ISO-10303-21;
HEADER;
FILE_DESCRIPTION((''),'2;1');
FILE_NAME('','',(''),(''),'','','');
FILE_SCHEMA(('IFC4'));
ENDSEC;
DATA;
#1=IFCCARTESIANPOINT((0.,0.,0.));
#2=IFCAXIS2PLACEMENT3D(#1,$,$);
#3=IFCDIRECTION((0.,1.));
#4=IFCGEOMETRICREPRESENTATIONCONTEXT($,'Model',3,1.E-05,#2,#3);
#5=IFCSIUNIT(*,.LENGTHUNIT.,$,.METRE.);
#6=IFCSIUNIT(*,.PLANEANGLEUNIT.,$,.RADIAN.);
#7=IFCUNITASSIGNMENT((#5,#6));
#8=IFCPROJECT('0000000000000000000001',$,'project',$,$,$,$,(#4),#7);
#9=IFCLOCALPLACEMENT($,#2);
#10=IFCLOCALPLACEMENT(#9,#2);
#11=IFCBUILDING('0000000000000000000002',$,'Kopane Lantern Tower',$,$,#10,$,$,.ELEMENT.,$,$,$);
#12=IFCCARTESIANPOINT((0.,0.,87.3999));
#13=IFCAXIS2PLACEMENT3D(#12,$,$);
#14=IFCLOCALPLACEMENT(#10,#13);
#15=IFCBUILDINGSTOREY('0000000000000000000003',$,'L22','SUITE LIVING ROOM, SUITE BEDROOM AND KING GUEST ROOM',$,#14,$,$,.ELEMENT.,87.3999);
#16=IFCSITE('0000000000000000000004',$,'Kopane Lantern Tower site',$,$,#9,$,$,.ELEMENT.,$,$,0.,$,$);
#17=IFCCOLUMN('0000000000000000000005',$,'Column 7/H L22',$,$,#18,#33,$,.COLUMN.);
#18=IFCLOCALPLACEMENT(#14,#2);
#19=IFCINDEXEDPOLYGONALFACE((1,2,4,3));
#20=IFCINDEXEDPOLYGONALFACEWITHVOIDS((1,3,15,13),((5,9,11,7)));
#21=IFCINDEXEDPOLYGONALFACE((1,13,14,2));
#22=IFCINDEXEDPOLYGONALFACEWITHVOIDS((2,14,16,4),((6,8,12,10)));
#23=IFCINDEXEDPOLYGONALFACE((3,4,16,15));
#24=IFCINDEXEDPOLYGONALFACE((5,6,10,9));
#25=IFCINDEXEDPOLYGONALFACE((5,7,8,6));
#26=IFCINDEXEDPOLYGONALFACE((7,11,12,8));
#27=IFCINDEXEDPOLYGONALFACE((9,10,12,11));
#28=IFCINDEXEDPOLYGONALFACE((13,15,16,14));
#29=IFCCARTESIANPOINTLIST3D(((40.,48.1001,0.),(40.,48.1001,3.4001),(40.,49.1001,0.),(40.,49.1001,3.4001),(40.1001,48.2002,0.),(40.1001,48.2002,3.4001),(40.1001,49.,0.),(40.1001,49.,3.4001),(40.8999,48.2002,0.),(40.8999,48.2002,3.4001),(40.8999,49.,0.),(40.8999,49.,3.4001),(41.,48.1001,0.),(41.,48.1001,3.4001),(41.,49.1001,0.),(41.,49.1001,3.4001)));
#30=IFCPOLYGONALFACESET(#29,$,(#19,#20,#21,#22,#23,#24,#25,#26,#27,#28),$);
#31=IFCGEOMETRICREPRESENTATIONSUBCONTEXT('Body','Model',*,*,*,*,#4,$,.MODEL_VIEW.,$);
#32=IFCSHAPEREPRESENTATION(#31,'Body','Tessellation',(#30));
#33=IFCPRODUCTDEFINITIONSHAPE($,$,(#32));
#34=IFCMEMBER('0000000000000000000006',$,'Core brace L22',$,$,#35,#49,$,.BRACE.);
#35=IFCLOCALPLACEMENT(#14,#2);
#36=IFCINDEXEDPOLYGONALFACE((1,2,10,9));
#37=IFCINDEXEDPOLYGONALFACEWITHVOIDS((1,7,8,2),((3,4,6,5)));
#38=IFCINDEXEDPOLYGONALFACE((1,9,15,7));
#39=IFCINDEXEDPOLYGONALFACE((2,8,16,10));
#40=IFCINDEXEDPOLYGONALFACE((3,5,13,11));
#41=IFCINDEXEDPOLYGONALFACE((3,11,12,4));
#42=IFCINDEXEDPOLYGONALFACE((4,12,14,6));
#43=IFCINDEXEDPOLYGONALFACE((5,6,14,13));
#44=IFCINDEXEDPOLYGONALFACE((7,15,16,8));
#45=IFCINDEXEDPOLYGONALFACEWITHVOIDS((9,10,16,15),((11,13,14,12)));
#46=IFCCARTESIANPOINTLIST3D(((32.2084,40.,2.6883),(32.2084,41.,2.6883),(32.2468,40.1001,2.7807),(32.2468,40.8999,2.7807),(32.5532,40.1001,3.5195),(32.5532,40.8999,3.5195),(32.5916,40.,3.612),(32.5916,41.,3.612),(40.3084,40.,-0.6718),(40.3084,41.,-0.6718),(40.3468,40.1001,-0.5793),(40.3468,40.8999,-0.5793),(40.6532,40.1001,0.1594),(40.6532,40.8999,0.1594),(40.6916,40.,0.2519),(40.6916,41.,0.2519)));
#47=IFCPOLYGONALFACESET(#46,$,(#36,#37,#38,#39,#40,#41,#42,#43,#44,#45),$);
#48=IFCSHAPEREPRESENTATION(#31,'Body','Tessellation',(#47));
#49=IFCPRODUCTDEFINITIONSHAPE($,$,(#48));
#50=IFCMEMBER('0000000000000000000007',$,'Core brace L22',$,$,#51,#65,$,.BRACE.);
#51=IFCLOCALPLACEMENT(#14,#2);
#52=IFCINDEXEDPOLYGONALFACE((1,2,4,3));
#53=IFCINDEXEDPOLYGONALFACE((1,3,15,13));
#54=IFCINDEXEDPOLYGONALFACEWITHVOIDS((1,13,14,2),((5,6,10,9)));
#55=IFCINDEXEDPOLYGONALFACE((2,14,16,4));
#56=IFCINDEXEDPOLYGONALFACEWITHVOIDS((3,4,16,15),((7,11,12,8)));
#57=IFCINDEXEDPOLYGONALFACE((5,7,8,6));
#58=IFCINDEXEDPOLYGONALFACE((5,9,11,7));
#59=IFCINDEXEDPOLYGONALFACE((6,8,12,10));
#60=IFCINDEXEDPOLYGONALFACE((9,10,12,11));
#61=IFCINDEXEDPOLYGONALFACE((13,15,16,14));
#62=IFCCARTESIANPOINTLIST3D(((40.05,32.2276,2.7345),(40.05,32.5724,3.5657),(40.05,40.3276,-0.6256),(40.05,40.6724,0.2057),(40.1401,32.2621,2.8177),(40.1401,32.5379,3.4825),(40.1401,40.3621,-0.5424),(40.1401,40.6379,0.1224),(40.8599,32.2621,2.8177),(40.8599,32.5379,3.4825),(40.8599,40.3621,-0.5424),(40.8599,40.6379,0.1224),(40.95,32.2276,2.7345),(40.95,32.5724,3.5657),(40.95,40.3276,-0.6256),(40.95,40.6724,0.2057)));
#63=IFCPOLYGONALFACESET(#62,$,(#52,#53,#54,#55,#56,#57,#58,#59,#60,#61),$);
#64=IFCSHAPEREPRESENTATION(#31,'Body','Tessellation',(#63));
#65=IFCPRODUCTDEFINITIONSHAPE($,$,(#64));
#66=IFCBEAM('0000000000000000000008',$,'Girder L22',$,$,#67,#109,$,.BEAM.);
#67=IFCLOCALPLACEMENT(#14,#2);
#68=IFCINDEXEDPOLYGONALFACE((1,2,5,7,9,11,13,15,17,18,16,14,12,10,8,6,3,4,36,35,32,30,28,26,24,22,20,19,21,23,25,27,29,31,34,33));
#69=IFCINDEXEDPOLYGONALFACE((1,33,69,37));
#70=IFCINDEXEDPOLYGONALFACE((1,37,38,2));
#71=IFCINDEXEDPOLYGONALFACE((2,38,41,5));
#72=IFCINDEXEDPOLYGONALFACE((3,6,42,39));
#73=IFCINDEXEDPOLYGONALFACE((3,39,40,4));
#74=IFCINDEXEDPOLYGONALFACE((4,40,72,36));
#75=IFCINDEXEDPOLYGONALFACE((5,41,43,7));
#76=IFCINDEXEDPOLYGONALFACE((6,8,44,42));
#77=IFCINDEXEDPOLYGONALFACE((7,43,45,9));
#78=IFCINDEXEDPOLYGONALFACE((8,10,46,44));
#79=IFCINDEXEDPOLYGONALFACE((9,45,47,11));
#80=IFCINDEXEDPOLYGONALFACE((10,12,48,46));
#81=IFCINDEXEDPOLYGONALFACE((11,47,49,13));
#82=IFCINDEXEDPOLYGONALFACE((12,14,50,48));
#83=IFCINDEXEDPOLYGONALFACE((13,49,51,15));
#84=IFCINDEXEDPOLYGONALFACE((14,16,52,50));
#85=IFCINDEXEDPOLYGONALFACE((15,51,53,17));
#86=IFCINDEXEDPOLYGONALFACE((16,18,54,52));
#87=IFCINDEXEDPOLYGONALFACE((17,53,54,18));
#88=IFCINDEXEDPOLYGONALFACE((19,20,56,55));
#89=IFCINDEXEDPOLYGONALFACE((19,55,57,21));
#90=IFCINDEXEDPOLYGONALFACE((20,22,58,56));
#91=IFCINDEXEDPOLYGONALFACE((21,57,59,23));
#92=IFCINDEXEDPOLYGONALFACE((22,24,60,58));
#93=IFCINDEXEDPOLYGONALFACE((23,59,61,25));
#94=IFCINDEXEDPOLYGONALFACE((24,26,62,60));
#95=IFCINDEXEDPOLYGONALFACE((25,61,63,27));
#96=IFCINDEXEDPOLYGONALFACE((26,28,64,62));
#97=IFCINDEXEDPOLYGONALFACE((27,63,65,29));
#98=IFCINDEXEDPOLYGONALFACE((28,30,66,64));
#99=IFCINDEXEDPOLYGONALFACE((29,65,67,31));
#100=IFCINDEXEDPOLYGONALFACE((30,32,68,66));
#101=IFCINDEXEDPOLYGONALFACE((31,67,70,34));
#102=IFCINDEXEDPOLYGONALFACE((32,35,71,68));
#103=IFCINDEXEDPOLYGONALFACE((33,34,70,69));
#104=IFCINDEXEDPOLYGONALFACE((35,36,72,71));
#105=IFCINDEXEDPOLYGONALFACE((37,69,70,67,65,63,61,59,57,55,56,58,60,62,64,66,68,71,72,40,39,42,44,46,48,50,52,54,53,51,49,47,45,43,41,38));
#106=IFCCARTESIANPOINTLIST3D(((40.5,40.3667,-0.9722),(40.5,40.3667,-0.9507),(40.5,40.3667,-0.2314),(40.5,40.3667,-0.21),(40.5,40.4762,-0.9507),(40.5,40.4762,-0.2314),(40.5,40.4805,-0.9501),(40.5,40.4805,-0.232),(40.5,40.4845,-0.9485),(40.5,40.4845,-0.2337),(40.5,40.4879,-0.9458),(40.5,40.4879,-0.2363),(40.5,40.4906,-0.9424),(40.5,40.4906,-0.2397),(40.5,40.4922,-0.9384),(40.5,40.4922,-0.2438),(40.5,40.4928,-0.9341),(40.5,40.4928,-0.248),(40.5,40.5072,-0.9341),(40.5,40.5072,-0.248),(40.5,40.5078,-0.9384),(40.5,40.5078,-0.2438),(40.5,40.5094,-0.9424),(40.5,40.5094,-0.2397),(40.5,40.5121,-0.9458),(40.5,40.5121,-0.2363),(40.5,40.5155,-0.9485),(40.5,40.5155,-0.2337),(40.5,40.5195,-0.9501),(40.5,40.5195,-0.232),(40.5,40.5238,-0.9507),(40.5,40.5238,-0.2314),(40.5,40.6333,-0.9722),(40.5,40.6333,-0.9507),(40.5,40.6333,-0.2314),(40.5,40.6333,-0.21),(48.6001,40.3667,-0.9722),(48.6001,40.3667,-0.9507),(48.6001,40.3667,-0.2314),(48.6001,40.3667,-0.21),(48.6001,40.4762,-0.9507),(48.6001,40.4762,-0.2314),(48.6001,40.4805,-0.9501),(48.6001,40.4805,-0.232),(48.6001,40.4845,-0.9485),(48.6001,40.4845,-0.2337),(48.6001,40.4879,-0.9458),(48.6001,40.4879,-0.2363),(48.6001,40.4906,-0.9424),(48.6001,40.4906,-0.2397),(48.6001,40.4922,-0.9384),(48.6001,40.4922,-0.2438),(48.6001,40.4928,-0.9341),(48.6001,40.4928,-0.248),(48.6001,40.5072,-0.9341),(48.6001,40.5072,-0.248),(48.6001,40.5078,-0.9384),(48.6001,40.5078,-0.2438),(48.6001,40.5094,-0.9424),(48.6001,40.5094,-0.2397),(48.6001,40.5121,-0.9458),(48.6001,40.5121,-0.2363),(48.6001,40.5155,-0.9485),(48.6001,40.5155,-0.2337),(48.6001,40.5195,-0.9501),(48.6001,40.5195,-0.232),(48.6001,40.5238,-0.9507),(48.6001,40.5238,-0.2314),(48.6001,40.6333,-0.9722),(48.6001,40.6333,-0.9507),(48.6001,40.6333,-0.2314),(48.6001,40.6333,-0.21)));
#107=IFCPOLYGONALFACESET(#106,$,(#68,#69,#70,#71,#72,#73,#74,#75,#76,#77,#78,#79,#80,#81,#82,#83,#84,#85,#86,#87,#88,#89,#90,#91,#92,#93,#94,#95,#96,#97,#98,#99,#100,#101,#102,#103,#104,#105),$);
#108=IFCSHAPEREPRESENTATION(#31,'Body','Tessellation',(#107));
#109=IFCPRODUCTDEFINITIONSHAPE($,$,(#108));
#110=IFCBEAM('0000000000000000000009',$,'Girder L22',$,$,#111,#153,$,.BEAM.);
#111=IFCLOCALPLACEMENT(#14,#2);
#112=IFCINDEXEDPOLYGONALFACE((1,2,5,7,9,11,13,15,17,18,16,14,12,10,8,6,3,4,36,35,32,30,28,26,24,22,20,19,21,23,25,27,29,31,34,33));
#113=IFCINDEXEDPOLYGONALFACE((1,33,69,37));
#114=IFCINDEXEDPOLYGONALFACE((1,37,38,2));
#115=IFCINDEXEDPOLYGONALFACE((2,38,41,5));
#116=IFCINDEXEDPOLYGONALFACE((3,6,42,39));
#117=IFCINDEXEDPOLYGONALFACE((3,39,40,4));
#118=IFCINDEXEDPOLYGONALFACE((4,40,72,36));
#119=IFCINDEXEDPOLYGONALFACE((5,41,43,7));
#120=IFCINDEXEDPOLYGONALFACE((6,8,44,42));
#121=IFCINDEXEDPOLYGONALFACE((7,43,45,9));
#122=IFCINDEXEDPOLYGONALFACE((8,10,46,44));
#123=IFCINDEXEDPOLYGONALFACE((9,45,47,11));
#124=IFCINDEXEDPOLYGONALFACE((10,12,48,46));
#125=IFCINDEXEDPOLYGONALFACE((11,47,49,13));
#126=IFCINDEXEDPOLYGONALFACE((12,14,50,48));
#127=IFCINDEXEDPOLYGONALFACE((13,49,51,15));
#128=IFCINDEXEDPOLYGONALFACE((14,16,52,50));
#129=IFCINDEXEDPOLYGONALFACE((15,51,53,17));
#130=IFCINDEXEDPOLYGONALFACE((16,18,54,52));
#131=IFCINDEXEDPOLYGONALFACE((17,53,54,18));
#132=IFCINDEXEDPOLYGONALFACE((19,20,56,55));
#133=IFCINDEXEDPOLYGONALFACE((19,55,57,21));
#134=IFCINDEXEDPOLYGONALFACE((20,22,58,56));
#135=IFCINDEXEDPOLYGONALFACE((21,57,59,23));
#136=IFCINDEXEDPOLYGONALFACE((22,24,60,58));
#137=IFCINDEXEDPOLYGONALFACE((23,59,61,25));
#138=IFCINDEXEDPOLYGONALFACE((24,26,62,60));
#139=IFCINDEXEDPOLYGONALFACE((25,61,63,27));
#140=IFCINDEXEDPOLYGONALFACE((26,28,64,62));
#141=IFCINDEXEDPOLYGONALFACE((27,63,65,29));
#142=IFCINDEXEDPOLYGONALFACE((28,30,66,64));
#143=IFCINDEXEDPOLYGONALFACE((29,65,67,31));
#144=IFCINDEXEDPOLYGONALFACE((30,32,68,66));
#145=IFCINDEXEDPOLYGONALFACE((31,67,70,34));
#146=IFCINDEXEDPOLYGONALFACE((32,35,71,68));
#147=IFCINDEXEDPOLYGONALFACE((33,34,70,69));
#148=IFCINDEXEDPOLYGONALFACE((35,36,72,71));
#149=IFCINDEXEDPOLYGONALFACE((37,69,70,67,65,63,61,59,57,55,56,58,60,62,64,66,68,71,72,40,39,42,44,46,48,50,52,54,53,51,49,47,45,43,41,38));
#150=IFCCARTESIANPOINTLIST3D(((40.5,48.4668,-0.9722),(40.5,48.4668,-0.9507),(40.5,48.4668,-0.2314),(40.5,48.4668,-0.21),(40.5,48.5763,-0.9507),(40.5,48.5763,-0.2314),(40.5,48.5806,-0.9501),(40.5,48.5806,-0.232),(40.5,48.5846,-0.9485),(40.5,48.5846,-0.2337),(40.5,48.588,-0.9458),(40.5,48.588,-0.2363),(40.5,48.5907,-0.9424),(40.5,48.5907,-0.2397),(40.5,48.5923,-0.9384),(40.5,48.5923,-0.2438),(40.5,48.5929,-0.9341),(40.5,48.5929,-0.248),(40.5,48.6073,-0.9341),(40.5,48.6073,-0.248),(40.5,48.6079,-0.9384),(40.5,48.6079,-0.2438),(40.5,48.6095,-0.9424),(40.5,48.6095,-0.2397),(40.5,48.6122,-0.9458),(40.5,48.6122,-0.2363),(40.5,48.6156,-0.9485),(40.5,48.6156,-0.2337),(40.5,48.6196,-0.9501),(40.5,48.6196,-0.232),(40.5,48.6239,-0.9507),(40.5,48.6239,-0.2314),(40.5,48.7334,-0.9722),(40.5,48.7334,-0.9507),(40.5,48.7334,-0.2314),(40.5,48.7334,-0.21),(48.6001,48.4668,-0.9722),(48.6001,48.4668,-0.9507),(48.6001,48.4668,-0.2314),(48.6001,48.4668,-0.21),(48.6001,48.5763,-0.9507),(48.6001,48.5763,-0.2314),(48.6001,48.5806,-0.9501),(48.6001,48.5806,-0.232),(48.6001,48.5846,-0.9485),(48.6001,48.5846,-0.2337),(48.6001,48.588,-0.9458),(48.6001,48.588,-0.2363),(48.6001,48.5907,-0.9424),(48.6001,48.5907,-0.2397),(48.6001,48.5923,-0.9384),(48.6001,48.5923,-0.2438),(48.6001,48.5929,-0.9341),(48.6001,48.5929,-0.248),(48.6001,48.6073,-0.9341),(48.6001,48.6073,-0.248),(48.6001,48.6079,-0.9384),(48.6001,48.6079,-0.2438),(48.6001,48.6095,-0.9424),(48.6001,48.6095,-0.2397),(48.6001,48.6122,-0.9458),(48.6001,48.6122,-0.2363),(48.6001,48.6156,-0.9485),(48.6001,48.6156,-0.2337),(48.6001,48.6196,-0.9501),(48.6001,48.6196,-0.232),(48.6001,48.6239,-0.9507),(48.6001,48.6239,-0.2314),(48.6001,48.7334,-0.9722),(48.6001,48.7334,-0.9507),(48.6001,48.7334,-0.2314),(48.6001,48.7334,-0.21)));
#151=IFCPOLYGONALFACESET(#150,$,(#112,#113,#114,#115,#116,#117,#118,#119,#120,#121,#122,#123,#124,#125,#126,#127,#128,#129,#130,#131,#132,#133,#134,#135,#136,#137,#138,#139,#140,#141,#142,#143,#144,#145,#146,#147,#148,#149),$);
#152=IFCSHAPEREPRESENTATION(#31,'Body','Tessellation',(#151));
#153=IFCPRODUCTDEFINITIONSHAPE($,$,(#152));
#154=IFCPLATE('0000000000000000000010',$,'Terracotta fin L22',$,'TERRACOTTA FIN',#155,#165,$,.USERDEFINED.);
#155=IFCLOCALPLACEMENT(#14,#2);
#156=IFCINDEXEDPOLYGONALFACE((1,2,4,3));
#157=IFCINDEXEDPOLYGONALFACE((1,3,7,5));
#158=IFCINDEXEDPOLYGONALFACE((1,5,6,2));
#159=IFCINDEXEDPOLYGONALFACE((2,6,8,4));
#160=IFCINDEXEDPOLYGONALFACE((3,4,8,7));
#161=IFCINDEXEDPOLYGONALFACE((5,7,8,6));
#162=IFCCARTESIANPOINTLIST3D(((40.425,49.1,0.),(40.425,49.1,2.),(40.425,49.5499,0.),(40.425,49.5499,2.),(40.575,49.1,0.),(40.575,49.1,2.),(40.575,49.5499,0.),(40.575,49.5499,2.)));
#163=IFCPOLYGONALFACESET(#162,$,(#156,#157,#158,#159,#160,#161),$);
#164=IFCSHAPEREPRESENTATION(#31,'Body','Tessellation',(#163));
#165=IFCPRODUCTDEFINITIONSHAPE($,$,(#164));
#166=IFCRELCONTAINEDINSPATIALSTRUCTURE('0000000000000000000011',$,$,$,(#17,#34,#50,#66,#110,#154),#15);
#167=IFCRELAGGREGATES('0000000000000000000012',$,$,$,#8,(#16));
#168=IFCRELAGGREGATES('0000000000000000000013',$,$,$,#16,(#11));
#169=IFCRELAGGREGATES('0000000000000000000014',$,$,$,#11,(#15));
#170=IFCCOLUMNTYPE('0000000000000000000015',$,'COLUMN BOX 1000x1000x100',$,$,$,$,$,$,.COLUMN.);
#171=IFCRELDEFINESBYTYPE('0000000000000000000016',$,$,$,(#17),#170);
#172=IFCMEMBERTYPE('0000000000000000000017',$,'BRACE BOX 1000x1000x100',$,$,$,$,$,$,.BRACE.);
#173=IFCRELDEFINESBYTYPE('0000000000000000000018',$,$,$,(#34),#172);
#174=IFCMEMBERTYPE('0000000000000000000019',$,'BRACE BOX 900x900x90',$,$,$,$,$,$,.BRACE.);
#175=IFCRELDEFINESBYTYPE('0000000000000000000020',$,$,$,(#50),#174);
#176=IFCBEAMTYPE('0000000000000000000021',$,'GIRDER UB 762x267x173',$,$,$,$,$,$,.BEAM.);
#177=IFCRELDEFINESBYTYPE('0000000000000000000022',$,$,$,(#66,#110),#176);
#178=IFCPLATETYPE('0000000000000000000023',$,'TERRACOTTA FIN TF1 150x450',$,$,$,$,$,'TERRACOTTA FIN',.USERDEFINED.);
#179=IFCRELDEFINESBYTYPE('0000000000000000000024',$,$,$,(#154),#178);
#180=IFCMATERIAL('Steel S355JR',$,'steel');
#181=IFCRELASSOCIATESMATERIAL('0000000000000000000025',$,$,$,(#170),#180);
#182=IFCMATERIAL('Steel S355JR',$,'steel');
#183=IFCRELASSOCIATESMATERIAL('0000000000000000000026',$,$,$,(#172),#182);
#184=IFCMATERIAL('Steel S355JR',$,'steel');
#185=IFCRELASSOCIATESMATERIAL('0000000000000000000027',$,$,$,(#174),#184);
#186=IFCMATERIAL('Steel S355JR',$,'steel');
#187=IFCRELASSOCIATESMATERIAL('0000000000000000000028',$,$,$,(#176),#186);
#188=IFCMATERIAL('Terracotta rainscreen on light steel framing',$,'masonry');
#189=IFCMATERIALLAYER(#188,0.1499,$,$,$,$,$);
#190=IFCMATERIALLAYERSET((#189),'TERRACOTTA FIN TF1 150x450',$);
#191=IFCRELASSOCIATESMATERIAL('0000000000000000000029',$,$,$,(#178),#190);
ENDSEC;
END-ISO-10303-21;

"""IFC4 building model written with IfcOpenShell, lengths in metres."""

from ifc_helpers import new_model, si_unit, direction, frame, origin, origin_2d, place, context, subcontext, project, spatial, rectangle, hollow_rectangle, i_section, extrude, material, layer, layer_set, material_profile, profile_set, type_object, element, save


model = new_model("IFC4")

# Units and contexts
model_context = context("Model", 3, precision=1e-05, world=origin(), true_north=direction((0.0, 1.0)))
body_context = subcontext(model_context, "Body", "Model", "MODEL_VIEW")
ifc_project = project(units=[si_unit("LENGTHUNIT", "METRE"), si_unit("PLANEANGLEUNIT", "RADIAN")], contexts=[model_context])

# Site, building, storey
site_placement = place(None, origin())
site = spatial("IfcSite", under=ifc_project, at=site_placement, Name="Kopane Lantern Tower site", CompositionType="ELEMENT", RefElevation=0.0)
building_placement = place(site_placement, origin())
building = spatial("IfcBuilding", under=site, at=building_placement, Name="Kopane Lantern Tower", CompositionType="ELEMENT")
storey_placement = place(building_placement, frame((0.0, 0.0, 87.3999)))
storey = spatial("IfcBuildingStorey", under=building, at=storey_placement, Name="L22", Description="SUITE LIVING ROOM, SUITE BEDROOM AND KING GUEST ROOM", CompositionType="ELEMENT", Elevation=87.3999)

# Column
ifc_material_1 = material(Name="Steel S355JR", Category="steel")
ifc_material_profile_1 = material_profile(ifc_material_1, hollow_rectangle(XDim=1.0, YDim=1.0, WallThickness=0.1001, at=origin_2d()), Name="BOX 1000x1000x100")
ifc_profile_set_1 = profile_set([ifc_material_profile_1], Name="Steel S355JR")
column_type = type_object("IfcColumnType", Name="COLUMN BOX 1000x1000x100", PredefinedType="COLUMN", material=ifc_profile_set_1)
column_placement = place(storey_placement, frame((40.5, 48.6001, 0.0), z_axis=(0.0, 0.0, 1.0), x_axis=(1.0, 0.0, 0.0)))
element("IfcColumn", 1, at=column_placement, inside=storey, type_object=column_type, Name="Column 7/H L22", PredefinedType="COLUMN", context=body_context, shape_type="SweptSolid", body=[
    extrude(hollow_rectangle(XDim=1.0, YDim=1.0, WallThickness=0.1001, at=origin_2d()), origin(), (0.0, 0.0, 1.0), 3.4001),
])

# Members
ifc_material_2 = material(Name="Steel S355JR", Category="steel")
ifc_material_profile_2 = material_profile(ifc_material_2, hollow_rectangle(XDim=1.0, YDim=1.0, WallThickness=0.1001, at=origin_2d()), Name="BOX 1000x1000x100")
ifc_profile_set_2 = profile_set([ifc_material_profile_2], Name="Steel S355JR")
member_type_1 = type_object("IfcMemberType", Name="BRACE BOX 1000x1000x100", PredefinedType="BRACE", material=ifc_profile_set_2)
member_1_placement = place(storey_placement, frame((40.5, 40.5, -0.21), z_axis=(-0.92368, 0.0, 0.383164), x_axis=(0.0, -1.0, 0.0)))
element("IfcMember", 2, at=member_1_placement, inside=storey, type_object=member_type_1, Name="Core brace L22", PredefinedType="BRACE", context=body_context, shape_type="SweptSolid", body=[
    extrude(hollow_rectangle(XDim=1.0, YDim=1.0, WallThickness=0.1001, at=origin_2d()), origin(), (0.0, 0.0, 1.0), 8.7693),
])
ifc_material_3 = material(Name="Steel S355JR", Category="steel")
ifc_material_profile_3 = material_profile(ifc_material_3, hollow_rectangle(XDim=0.8999, YDim=0.8999, WallThickness=0.0901, at=origin_2d()), Name="BOX 900x900x90")
ifc_profile_set_3 = profile_set([ifc_material_profile_3], Name="Steel S355JR")
member_type_2 = type_object("IfcMemberType", Name="BRACE BOX 900x900x90", PredefinedType="BRACE", material=ifc_profile_set_3)
member_2_placement = place(storey_placement, frame((40.5, 40.5, -0.21), z_axis=(0.0, -0.92368, 0.383164), x_axis=(1.0, 0.0, 0.0)))
element("IfcMember", 3, at=member_2_placement, inside=storey, type_object=member_type_2, Name="Core brace L22", PredefinedType="BRACE", context=body_context, shape_type="SweptSolid", body=[
    extrude(hollow_rectangle(XDim=0.8999, YDim=0.8999, WallThickness=0.0901, at=origin_2d()), origin(), (0.0, 0.0, 1.0), 8.7693),
])

# Beams
ifc_material_4 = material(Name="Steel S355JR", Category="steel")
ifc_material_profile_4 = material_profile(ifc_material_4, i_section(OverallWidth=0.2666, OverallDepth=0.7622, WebThickness=0.0144, FlangeThickness=0.0215, FilletRadius=0.0166, at=origin_2d()), Name="UB 762x267x173")
ifc_profile_set_4 = profile_set([ifc_material_profile_4], Name="Steel S355JR")
beam_type = type_object("IfcBeamType", Name="GIRDER UB 762x267x173", PredefinedType="BEAM", material=ifc_profile_set_4)
for number, where, z_axis, x_axis, name in (
    (4, (40.5, 40.5, -0.5911), (1.0, 0.0, 0.0), (0.0, 1.0, 0.0), "Girder L22"),
    (5, (40.5, 48.6001, -0.5911), (1.0, 0.0, 0.0), (0.0, 1.0, 0.0), "Girder L22"),
):
    element("IfcBeam", number, at=place(storey_placement, frame(where, z_axis=z_axis, x_axis=x_axis)), inside=storey, type_object=beam_type, Name=name, PredefinedType="BEAM", context=body_context, shape_type="SweptSolid", body=[
        extrude(i_section(OverallWidth=0.2666, OverallDepth=0.7622, WebThickness=0.0144, FlangeThickness=0.0215, FilletRadius=0.0166, at=origin_2d()), origin(), (0.0, 0.0, 1.0), 8.1001),
    ])

# Plate
ifc_material_5 = material(Name="Terracotta rainscreen on light steel framing", Category="masonry")
ifc_layer_1 = layer(ifc_material_5, 0.1499)
ifc_layer_set_1 = layer_set([ifc_layer_1], Name="TERRACOTTA FIN TF1 150x450")
plate_type = type_object("IfcPlateType", Name="TERRACOTTA FIN TF1 150x450", ElementType="TERRACOTTA FIN", PredefinedType="USERDEFINED", material=ifc_layer_set_1)
plate_placement = place(storey_placement, frame((40.5, 49.325, 0.0), z_axis=(0.0, 0.0, 1.0), x_axis=(-1.0, 0.0, 0.0)))
element("IfcPlate", 6, at=plate_placement, inside=storey, type_object=plate_type, Name="Terracotta fin L22", ObjectType="TERRACOTTA FIN", PredefinedType="USERDEFINED", context=body_context, shape_type="SweptSolid", body=[
    extrude(rectangle(XDim=0.1499, YDim=0.45, at=origin_2d()), origin(), (0.0, 0.0, 1.0), 2.0),
])

save(model, "model.ifc")
